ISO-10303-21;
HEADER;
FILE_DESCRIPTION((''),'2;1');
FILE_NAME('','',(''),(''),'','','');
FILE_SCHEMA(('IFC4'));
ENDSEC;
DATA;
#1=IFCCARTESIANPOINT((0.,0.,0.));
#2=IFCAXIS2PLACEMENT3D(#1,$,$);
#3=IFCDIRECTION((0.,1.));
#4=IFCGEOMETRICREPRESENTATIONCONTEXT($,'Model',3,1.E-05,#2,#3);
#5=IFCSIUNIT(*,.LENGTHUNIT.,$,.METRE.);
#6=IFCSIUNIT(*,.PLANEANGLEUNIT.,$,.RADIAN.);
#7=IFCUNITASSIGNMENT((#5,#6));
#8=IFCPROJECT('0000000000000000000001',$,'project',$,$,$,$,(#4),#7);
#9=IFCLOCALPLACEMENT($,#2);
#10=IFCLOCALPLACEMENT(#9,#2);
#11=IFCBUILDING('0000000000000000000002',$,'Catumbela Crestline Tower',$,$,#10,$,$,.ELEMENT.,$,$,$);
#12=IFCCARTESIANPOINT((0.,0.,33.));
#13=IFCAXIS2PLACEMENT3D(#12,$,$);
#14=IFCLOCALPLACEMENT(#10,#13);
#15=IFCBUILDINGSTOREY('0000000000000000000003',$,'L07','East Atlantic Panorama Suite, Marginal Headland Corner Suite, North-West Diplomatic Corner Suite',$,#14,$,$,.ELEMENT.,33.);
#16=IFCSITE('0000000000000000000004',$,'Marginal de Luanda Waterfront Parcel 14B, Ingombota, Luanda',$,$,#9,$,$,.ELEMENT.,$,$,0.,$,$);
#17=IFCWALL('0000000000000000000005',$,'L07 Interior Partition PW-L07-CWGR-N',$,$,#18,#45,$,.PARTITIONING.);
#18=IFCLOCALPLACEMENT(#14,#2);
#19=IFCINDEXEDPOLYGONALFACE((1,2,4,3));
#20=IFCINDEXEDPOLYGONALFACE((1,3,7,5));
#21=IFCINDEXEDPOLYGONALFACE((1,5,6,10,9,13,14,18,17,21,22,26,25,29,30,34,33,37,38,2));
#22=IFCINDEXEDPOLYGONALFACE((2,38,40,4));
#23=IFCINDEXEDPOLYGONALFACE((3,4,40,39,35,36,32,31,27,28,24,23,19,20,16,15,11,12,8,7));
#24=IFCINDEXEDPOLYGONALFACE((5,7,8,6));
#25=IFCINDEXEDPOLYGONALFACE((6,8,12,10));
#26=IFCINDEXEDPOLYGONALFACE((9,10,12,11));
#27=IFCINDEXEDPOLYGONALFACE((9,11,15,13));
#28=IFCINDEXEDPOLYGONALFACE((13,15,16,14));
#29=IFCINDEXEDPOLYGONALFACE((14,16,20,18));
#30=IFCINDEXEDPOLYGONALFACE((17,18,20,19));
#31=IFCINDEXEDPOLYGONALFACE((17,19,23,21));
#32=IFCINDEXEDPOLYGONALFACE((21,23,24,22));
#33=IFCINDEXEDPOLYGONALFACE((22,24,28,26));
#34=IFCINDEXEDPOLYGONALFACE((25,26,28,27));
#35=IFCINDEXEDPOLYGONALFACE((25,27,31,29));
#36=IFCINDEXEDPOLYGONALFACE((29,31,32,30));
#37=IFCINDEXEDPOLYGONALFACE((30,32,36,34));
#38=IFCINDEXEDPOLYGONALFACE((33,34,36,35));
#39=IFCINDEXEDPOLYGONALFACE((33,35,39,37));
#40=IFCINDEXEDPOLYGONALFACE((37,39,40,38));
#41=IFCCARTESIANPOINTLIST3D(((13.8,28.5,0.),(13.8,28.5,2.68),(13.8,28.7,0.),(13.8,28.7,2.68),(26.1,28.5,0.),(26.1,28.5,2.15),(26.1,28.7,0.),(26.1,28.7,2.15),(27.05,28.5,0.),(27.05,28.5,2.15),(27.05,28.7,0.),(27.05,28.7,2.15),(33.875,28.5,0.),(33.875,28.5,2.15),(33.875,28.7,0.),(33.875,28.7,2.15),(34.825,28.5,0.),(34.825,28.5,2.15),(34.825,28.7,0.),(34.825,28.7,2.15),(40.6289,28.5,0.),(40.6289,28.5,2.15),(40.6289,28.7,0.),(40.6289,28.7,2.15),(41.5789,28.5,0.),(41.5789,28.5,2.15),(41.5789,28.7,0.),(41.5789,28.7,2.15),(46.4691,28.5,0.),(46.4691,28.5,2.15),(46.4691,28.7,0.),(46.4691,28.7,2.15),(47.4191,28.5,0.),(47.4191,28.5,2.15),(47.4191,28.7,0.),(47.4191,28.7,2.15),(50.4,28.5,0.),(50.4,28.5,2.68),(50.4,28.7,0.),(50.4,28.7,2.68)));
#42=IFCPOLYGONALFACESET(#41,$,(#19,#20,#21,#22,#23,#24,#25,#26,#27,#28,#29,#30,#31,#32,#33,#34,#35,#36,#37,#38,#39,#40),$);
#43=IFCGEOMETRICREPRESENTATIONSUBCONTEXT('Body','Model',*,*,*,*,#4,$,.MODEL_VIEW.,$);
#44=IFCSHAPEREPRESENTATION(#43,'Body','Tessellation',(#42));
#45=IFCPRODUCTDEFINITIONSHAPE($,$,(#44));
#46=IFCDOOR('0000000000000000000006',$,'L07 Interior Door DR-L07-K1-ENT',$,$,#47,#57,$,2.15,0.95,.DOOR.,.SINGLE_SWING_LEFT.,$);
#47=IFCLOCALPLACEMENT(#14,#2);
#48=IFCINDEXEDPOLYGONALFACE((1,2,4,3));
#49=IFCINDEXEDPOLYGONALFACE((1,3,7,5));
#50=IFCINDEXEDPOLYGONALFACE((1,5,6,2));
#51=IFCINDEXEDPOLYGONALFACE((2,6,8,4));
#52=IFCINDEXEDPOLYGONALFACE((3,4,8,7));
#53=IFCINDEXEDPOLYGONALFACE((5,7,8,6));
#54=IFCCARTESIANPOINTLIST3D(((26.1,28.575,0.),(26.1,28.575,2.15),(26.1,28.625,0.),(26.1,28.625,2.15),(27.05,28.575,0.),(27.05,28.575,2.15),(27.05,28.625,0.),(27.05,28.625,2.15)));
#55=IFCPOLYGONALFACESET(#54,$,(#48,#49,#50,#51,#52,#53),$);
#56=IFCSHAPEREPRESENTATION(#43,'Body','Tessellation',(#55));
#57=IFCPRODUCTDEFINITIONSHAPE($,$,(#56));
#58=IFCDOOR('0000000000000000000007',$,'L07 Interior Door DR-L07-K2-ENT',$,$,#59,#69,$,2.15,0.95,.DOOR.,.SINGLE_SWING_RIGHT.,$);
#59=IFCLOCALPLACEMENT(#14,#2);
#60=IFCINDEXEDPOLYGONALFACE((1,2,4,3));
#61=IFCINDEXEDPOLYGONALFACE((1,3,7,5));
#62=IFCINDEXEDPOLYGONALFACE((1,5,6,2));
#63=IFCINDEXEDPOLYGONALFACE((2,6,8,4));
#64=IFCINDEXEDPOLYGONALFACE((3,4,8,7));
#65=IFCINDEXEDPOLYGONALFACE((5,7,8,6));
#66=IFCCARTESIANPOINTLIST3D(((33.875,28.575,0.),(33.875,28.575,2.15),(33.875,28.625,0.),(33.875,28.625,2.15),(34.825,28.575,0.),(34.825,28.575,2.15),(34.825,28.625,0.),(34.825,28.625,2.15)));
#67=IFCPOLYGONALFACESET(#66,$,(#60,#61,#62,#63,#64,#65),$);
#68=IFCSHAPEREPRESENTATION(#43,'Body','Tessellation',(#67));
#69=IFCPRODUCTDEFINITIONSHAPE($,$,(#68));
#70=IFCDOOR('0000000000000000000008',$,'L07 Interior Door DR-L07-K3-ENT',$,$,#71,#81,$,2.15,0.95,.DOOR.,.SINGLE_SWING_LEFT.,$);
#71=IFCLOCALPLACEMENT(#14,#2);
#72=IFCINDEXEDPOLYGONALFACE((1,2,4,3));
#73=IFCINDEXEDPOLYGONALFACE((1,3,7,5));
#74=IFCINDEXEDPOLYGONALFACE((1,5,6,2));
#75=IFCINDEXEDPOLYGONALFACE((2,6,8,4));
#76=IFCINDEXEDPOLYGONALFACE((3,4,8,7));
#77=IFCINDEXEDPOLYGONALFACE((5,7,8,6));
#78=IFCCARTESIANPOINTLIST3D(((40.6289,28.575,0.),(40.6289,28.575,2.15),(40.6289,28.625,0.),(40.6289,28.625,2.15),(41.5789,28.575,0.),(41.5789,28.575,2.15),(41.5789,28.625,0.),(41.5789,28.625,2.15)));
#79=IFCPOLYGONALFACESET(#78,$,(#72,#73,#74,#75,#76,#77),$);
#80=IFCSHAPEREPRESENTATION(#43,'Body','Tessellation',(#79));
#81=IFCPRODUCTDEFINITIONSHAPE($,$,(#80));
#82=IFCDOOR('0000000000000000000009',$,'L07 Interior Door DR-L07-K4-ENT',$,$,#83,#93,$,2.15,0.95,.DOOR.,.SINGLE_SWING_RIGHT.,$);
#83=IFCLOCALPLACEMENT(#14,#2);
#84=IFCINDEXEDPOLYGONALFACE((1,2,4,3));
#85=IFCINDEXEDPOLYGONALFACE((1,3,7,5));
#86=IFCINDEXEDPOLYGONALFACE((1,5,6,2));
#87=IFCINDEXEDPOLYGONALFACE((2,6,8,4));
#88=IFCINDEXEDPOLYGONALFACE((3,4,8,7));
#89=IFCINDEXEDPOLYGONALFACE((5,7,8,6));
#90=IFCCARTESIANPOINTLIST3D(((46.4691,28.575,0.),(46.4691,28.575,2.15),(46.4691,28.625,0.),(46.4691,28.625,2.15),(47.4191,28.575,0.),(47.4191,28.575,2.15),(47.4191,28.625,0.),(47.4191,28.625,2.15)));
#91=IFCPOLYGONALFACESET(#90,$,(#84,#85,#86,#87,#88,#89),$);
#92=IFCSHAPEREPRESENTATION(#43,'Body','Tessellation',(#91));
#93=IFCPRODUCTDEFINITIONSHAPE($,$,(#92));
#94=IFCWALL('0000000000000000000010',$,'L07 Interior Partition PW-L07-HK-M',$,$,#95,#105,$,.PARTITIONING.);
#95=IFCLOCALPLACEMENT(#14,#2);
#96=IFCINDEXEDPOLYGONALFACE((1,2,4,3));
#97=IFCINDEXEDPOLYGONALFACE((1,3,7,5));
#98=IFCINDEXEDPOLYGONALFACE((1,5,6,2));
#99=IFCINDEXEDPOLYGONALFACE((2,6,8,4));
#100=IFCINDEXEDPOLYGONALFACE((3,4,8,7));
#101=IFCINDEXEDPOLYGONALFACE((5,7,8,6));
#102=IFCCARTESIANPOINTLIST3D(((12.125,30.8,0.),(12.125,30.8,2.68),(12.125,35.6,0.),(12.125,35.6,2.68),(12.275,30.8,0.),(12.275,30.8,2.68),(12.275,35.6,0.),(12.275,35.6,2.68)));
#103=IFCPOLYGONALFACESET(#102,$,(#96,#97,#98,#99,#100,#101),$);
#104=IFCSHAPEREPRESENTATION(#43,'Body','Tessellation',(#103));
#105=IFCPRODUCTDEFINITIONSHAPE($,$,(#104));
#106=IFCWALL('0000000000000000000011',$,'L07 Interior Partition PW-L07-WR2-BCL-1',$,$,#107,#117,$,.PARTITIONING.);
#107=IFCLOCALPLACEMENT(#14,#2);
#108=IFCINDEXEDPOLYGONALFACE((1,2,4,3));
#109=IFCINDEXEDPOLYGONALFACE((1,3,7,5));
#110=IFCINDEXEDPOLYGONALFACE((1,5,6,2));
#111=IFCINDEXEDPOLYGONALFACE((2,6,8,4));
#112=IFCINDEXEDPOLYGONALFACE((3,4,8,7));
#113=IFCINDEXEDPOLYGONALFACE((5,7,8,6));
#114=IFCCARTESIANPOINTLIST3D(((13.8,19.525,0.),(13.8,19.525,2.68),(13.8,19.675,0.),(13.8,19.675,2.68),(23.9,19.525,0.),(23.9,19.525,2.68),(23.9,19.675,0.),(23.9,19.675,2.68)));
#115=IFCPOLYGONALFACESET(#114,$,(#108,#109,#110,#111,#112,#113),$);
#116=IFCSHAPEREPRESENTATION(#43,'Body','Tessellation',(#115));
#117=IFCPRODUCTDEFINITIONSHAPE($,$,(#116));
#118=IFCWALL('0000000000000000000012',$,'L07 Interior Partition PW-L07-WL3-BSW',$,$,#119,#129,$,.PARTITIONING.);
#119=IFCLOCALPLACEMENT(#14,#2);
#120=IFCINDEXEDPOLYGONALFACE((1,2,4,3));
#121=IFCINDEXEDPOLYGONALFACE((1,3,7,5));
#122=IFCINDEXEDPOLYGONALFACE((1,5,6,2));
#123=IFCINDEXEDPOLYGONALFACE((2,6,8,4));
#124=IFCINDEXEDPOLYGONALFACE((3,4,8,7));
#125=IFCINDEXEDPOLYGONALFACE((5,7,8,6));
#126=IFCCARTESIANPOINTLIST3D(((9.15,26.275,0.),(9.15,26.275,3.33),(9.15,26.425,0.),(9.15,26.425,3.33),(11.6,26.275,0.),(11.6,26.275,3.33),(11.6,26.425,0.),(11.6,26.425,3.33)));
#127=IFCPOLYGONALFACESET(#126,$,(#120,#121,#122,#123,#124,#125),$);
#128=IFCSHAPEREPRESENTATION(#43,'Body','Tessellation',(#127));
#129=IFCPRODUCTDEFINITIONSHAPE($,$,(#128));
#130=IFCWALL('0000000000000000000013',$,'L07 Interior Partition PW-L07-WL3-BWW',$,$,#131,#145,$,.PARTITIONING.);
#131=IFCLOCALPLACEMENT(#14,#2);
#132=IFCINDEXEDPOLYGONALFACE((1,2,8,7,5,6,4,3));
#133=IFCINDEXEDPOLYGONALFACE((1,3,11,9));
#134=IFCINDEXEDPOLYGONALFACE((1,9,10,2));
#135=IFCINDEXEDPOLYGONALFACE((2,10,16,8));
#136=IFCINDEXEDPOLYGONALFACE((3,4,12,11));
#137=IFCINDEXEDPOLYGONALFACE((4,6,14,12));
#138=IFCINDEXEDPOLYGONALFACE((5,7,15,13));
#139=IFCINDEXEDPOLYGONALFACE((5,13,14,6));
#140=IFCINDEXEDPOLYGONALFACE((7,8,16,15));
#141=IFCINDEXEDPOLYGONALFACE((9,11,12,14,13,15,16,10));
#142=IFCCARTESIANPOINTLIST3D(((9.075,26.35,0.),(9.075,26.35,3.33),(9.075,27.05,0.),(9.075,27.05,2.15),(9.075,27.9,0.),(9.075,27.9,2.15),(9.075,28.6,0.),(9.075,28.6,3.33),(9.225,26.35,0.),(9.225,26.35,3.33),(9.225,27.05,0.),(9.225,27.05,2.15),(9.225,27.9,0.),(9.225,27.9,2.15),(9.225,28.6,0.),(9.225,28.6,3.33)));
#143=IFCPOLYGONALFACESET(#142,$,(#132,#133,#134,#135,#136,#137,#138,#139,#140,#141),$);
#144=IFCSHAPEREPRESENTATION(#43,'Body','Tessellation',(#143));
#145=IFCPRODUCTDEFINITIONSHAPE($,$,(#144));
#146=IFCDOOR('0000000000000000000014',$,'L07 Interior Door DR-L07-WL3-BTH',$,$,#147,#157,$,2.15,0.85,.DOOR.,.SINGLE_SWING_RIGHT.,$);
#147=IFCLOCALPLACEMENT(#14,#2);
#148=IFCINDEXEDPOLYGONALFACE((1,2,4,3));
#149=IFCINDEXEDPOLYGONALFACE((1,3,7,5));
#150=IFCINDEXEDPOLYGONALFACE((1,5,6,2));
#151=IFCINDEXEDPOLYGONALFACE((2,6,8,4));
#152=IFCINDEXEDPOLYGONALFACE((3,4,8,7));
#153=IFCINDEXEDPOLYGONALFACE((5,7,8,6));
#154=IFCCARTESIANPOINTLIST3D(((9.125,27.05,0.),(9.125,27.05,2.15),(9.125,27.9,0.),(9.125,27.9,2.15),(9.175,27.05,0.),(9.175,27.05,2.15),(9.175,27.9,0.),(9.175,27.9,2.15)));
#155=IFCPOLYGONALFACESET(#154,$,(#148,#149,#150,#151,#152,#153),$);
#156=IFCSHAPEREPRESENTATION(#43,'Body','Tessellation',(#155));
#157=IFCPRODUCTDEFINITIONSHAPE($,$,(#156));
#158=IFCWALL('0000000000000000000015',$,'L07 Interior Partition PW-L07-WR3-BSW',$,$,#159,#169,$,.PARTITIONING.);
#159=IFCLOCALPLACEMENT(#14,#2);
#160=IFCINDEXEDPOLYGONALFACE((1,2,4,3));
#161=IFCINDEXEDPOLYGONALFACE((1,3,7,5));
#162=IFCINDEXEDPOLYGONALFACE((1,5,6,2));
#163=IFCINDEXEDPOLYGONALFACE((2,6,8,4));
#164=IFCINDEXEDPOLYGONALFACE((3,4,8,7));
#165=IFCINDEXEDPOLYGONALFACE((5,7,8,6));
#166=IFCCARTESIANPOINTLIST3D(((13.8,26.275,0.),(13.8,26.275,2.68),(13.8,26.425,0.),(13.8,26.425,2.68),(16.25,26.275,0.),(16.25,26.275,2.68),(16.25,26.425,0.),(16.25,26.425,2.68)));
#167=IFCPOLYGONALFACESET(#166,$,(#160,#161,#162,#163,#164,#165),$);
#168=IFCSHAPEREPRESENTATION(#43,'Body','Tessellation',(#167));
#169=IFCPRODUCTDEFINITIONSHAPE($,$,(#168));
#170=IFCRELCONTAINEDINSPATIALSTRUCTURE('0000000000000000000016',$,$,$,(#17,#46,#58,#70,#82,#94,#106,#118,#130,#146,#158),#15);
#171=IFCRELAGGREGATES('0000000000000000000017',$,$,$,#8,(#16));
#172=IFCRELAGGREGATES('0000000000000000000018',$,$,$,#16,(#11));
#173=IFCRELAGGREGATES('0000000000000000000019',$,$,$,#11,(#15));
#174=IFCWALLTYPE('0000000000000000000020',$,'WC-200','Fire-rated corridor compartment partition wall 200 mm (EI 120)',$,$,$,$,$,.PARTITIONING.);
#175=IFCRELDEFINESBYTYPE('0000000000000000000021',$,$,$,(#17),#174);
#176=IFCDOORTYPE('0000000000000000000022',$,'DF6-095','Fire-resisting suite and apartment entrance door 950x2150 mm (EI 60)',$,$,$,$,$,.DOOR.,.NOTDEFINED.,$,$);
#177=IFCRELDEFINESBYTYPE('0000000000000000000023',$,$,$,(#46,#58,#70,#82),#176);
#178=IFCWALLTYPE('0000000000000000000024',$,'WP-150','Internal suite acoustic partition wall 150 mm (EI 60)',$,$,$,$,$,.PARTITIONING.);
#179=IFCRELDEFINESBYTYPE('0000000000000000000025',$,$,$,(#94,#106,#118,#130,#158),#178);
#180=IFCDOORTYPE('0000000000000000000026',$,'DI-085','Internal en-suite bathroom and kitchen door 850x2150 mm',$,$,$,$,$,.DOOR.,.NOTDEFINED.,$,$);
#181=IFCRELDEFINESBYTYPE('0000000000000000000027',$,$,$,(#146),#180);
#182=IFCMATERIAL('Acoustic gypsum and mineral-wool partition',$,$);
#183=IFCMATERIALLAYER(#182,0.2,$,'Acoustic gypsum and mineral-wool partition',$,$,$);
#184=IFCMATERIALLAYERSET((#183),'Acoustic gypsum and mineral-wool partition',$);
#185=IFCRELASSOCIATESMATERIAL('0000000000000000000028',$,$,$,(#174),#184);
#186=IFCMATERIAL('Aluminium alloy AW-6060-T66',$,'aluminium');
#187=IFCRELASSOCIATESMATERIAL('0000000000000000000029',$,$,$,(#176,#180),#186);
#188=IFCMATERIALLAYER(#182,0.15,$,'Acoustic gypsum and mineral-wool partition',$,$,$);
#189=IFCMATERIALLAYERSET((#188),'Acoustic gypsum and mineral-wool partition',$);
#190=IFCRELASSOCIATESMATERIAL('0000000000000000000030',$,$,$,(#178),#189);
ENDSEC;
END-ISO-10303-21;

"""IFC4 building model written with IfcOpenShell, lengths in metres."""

from ifc_helpers import new_model, si_unit, direction, frame, frame_2d, origin, place, context, subcontext, project, spatial, rectangle, extrude, material, layer, layer_set, type_object, element, fill, save


model = new_model("IFC4")

# Units and contexts
model_context = context("Model", 3, precision=1e-05, world=origin(), true_north=direction((0.0, 1.0)))
body_context = subcontext(model_context, "Body", "Model", "MODEL_VIEW")
ifc_project = project(units=[si_unit("LENGTHUNIT", "METRE"), si_unit("PLANEANGLEUNIT", "RADIAN")], contexts=[model_context])

# Site, building, storey
site_placement = place(None, origin())
site = spatial("IfcSite", under=ifc_project, at=site_placement, Name="Marginal de Luanda Waterfront Parcel 14B, Ingombota, Luanda", CompositionType="ELEMENT", RefElevation=0.0)
building_placement = place(site_placement, origin())
building = spatial("IfcBuilding", under=site, at=building_placement, Name="Catumbela Crestline Tower", CompositionType="ELEMENT")
storey_placement = place(building_placement, frame((0.0, 0.0, 33.0)))
storey = spatial("IfcBuildingStorey", under=building, at=storey_placement, Name="L07", Description="East Atlantic Panorama Suite, Marginal Headland Corner Suite, North-West Diplomatic Corner Suite", CompositionType="ELEMENT", Elevation=33.0)

# Wall, openings, doors
ifc_material_1 = material(Name="Acoustic gypsum and mineral-wool partition")
ifc_layer_1 = layer(ifc_material_1, 0.2, Name="Acoustic gypsum and mineral-wool partition")
ifc_layer_set_1 = layer_set([ifc_layer_1], Name="Acoustic gypsum and mineral-wool partition")
wall_type_1 = type_object("IfcWallType", Name="WC-200", Description="Fire-rated corridor compartment partition wall 200 mm (EI 120)", PredefinedType="PARTITIONING", material=ifc_layer_set_1)
wall_1_placement = place(storey_placement, frame((13.8, 28.6, 0.0), z_axis=(0.0, 0.0, 1.0), x_axis=(1.0, 0.0, 0.0)))
wall_1 = element("IfcWall", 1, at=wall_1_placement, inside=storey, type_object=wall_type_1, Name="L07 Interior Partition PW-L07-CWGR-N", PredefinedType="PARTITIONING", context=body_context, shape_type="SweptSolid", body=[
    extrude(rectangle(XDim=36.6, YDim=0.2, at=frame_2d((18.3, 0.0))), origin(), (0.0, 0.0, 1.0), 2.68),
])
opening_1_placement = place(wall_1_placement, frame((12.3, 0.0, 0.0)))
opening_1 = element("IfcOpeningElement", 2, at=opening_1_placement, cuts=wall_1, PredefinedType="OPENING", context=body_context, shape_type="SweptSolid", body=[
    extrude(rectangle(XDim=0.95, YDim=2.15, at=frame_2d((0.475, 1.075))), frame((0.0, 0.11, 0.0), z_axis=(0.0, -1.0, 0.0), x_axis=(1.0, 0.0, 0.0)), (0.0, 0.0, 1.0), 0.22),
])
opening_2_placement = place(wall_1_placement, frame((20.075, 0.0, 0.0)))
opening_2 = element("IfcOpeningElement", 3, at=opening_2_placement, cuts=wall_1, PredefinedType="OPENING", context=body_context, shape_type="SweptSolid", body=[
    extrude(rectangle(XDim=0.95, YDim=2.15, at=frame_2d((0.475, 1.075))), frame((0.0, 0.11, 0.0), z_axis=(0.0, -1.0, 0.0), x_axis=(1.0, 0.0, 0.0)), (0.0, 0.0, 1.0), 0.22),
])
opening_3_placement = place(wall_1_placement, frame((26.8289, 0.0, 0.0)))
opening_3 = element("IfcOpeningElement", 4, at=opening_3_placement, cuts=wall_1, PredefinedType="OPENING", context=body_context, shape_type="SweptSolid", body=[
    extrude(rectangle(XDim=0.95, YDim=2.15, at=frame_2d((0.475, 1.075))), frame((0.0, 0.11, 0.0), z_axis=(0.0, -1.0, 0.0), x_axis=(1.0, 0.0, 0.0)), (0.0, 0.0, 1.0), 0.22),
])
opening_4_placement = place(wall_1_placement, frame((32.6691, 0.0, 0.0)))
opening_4 = element("IfcOpeningElement", 5, at=opening_4_placement, cuts=wall_1, PredefinedType="OPENING", context=body_context, shape_type="SweptSolid", body=[
    extrude(rectangle(XDim=0.95, YDim=2.15, at=frame_2d((0.475, 1.075))), frame((0.0, 0.11, 0.0), z_axis=(0.0, -1.0, 0.0), x_axis=(1.0, 0.0, 0.0)), (0.0, 0.0, 1.0), 0.22),
])
ifc_material_2 = material(Name="Aluminium alloy AW-6060-T66", Category="aluminium")
door_type_1 = type_object("IfcDoorType", Name="DF6-095", Description="Fire-resisting suite and apartment entrance door 950x2150 mm (EI 60)", OperationType="NOTDEFINED", PredefinedType="DOOR", material=ifc_material_2)
door_1_placement = place(opening_1_placement, origin())
door_1 = element("IfcDoor", 6, at=door_1_placement, inside=storey, type_object=door_type_1, Name="L07 Interior Door DR-L07-K1-ENT", OperationType="SINGLE_SWING_LEFT", OverallHeight=2.15, OverallWidth=0.95, PredefinedType="DOOR", context=body_context, shape_type="SweptSolid", body=[
    extrude(rectangle(XDim=0.95, YDim=2.15, at=frame_2d((0.475, 1.075))), frame((0.0, 0.025, 0.0), z_axis=(0.0, -1.0, 0.0), x_axis=(1.0, 0.0, 0.0)), (0.0, 0.0, 1.0), 0.05),
])
fill(opening_1, door_1)
door_2_placement = place(opening_2_placement, origin())
door_2 = element("IfcDoor", 7, at=door_2_placement, inside=storey, type_object=door_type_1, Name="L07 Interior Door DR-L07-K2-ENT", OperationType="SINGLE_SWING_RIGHT", OverallHeight=2.15, OverallWidth=0.95, PredefinedType="DOOR", context=body_context, shape_type="SweptSolid", body=[
    extrude(rectangle(XDim=0.95, YDim=2.15, at=frame_2d((0.475, 1.075))), frame((0.0, 0.025, 0.0), z_axis=(0.0, -1.0, 0.0), x_axis=(1.0, 0.0, 0.0)), (0.0, 0.0, 1.0), 0.05),
])
fill(opening_2, door_2)
door_3_placement = place(opening_3_placement, origin())
door_3 = element("IfcDoor", 8, at=door_3_placement, inside=storey, type_object=door_type_1, Name="L07 Interior Door DR-L07-K3-ENT", OperationType="SINGLE_SWING_LEFT", OverallHeight=2.15, OverallWidth=0.95, PredefinedType="DOOR", context=body_context, shape_type="SweptSolid", body=[
    extrude(rectangle(XDim=0.95, YDim=2.15, at=frame_2d((0.475, 1.075))), frame((0.0, 0.025, 0.0), z_axis=(0.0, -1.0, 0.0), x_axis=(1.0, 0.0, 0.0)), (0.0, 0.0, 1.0), 0.05),
])
fill(opening_3, door_3)
door_4_placement = place(opening_4_placement, origin())
door_4 = element("IfcDoor", 9, at=door_4_placement, inside=storey, type_object=door_type_1, Name="L07 Interior Door DR-L07-K4-ENT", OperationType="SINGLE_SWING_RIGHT", OverallHeight=2.15, OverallWidth=0.95, PredefinedType="DOOR", context=body_context, shape_type="SweptSolid", body=[
    extrude(rectangle(XDim=0.95, YDim=2.15, at=frame_2d((0.475, 1.075))), frame((0.0, 0.025, 0.0), z_axis=(0.0, -1.0, 0.0), x_axis=(1.0, 0.0, 0.0)), (0.0, 0.0, 1.0), 0.05),
])
fill(opening_4, door_4)

# Walls
ifc_layer_2 = layer(ifc_material_1, 0.15, Name="Acoustic gypsum and mineral-wool partition")
ifc_layer_set_2 = layer_set([ifc_layer_2], Name="Acoustic gypsum and mineral-wool partition")
wall_type_2 = type_object("IfcWallType", Name="WP-150", Description="Internal suite acoustic partition wall 150 mm (EI 60)", PredefinedType="PARTITIONING", material=ifc_layer_set_2)
wall_2_placement = place(storey_placement, frame((12.2, 30.8, 0.0), z_axis=(0.0, 0.0, 1.0), x_axis=(0.0, 1.0, 0.0)))
element("IfcWall", 10, at=wall_2_placement, inside=storey, type_object=wall_type_2, Name="L07 Interior Partition PW-L07-HK-M", PredefinedType="PARTITIONING", context=body_context, shape_type="SweptSolid", body=[
    extrude(rectangle(XDim=4.8, YDim=0.15, at=frame_2d((2.4, 0.0))), origin(), (0.0, 0.0, 1.0), 2.68),
])
wall_3_placement = place(storey_placement, frame((13.8, 19.6, 0.0), z_axis=(0.0, 0.0, 1.0), x_axis=(1.0, 0.0, 0.0)))
element("IfcWall", 11, at=wall_3_placement, inside=storey, type_object=wall_type_2, Name="L07 Interior Partition PW-L07-WR2-BCL-1", PredefinedType="PARTITIONING", context=body_context, shape_type="SweptSolid", body=[
    extrude(rectangle(XDim=10.1, YDim=0.15, at=frame_2d((5.05, 0.0))), origin(), (0.0, 0.0, 1.0), 2.68),
])
wall_4_placement = place(storey_placement, frame((9.15, 26.35, 0.0), z_axis=(0.0, 0.0, 1.0), x_axis=(1.0, 0.0, 0.0)))
element("IfcWall", 12, at=wall_4_placement, inside=storey, type_object=wall_type_2, Name="L07 Interior Partition PW-L07-WL3-BSW", PredefinedType="PARTITIONING", context=body_context, shape_type="SweptSolid", body=[
    extrude(rectangle(XDim=2.45, YDim=0.15, at=frame_2d((1.225, 0.0))), origin(), (0.0, 0.0, 1.0), 3.33),
])

# Wall, opening, door
wall_5_placement = place(storey_placement, frame((9.15, 26.35, 0.0), z_axis=(0.0, 0.0, 1.0), x_axis=(0.0, 1.0, 0.0)))
wall_5 = element("IfcWall", 13, at=wall_5_placement, inside=storey, type_object=wall_type_2, Name="L07 Interior Partition PW-L07-WL3-BWW", PredefinedType="PARTITIONING", context=body_context, shape_type="SweptSolid", body=[
    extrude(rectangle(XDim=2.25, YDim=0.15, at=frame_2d((1.125, 0.0))), origin(), (0.0, 0.0, 1.0), 3.33),
])
opening_5_placement = place(wall_5_placement, frame((0.7, 0.0, 0.0)))
opening_5 = element("IfcOpeningElement", 14, at=opening_5_placement, cuts=wall_5, PredefinedType="OPENING", context=body_context, shape_type="SweptSolid", body=[
    extrude(rectangle(XDim=0.85, YDim=2.15, at=frame_2d((0.425, 1.075))), frame((0.0, 0.085, 0.0), z_axis=(0.0, -1.0, 0.0), x_axis=(1.0, 0.0, 0.0)), (0.0, 0.0, 1.0), 0.17),
])
door_type_2 = type_object("IfcDoorType", Name="DI-085", Description="Internal en-suite bathroom and kitchen door 850x2150 mm", OperationType="NOTDEFINED", PredefinedType="DOOR", material=ifc_material_2)
door_5_placement = place(opening_5_placement, origin())
door_5 = element("IfcDoor", 15, at=door_5_placement, inside=storey, type_object=door_type_2, Name="L07 Interior Door DR-L07-WL3-BTH", OperationType="SINGLE_SWING_RIGHT", OverallHeight=2.15, OverallWidth=0.85, PredefinedType="DOOR", context=body_context, shape_type="SweptSolid", body=[
    extrude(rectangle(XDim=0.85, YDim=2.15, at=frame_2d((0.425, 1.075))), frame((0.0, 0.025, 0.0), z_axis=(0.0, -1.0, 0.0), x_axis=(1.0, 0.0, 0.0)), (0.0, 0.0, 1.0), 0.05),
])
fill(opening_5, door_5)

# Wall
wall_6_placement = place(storey_placement, frame((13.8, 26.35, 0.0), z_axis=(0.0, 0.0, 1.0), x_axis=(1.0, 0.0, 0.0)))
element("IfcWall", 16, at=wall_6_placement, inside=storey, type_object=wall_type_2, Name="L07 Interior Partition PW-L07-WR3-BSW", PredefinedType="PARTITIONING", context=body_context, shape_type="SweptSolid", body=[
    extrude(rectangle(XDim=2.45, YDim=0.15, at=frame_2d((1.225, 0.0))), origin(), (0.0, 0.0, 1.0), 2.68),
])

save(model, "model.ifc")
